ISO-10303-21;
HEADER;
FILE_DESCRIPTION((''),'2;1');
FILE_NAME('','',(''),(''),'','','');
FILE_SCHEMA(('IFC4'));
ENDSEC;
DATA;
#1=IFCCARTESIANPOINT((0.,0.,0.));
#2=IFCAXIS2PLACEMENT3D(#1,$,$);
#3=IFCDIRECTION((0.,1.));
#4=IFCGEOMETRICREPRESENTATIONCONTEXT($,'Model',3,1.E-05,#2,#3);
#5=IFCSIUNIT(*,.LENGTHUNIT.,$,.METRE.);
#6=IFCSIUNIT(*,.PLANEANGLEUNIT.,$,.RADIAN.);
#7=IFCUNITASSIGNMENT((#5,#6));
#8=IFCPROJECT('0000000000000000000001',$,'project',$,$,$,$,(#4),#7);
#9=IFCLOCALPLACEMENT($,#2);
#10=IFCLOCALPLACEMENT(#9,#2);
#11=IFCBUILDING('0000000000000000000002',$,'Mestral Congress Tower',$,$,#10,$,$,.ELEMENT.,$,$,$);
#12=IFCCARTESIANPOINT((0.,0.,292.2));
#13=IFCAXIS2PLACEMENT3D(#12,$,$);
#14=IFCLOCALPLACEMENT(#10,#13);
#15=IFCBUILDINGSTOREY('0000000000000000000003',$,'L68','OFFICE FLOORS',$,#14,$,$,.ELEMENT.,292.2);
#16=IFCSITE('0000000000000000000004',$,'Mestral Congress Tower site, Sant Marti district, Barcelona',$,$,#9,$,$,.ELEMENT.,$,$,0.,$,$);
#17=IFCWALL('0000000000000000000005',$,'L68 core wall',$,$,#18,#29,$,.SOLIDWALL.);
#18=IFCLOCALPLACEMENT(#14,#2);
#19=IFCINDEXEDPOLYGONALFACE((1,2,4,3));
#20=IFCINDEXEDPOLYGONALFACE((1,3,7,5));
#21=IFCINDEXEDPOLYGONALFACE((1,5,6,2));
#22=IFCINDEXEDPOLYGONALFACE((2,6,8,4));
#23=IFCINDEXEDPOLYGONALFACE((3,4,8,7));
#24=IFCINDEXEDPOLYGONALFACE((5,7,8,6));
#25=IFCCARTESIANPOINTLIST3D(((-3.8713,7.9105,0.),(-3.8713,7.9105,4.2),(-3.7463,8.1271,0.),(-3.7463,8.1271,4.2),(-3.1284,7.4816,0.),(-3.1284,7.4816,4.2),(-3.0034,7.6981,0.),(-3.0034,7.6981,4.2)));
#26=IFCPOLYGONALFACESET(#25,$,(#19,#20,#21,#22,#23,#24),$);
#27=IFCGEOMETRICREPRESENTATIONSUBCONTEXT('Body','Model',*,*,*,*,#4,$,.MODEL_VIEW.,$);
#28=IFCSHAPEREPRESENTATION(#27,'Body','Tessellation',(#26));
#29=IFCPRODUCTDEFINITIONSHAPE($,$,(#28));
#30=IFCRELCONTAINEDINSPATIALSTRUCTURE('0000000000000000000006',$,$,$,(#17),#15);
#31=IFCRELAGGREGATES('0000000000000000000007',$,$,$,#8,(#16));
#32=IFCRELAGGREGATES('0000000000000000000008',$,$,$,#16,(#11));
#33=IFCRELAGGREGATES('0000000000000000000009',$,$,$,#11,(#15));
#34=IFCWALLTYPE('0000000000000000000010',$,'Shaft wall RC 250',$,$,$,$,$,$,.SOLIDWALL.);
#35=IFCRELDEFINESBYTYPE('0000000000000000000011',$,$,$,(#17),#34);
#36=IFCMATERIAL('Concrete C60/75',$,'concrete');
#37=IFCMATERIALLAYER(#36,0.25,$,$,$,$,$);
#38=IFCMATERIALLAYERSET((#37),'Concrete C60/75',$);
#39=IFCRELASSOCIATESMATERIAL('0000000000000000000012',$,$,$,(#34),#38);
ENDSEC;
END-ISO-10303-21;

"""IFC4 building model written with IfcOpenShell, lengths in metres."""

from ifc_helpers import new_model, si_unit, direction, frame, frame_2d, origin, place, context, subcontext, project, spatial, rectangle, extrude, material, layer, layer_set, type_object, element, save


model = new_model("IFC4")

# Units and contexts
model_context = context("Model", 3, precision=1e-05, world=origin(), true_north=direction((0.0, 1.0)))
body_context = subcontext(model_context, "Body", "Model", "MODEL_VIEW")
ifc_project = project(units=[si_unit("LENGTHUNIT", "METRE"), si_unit("PLANEANGLEUNIT", "RADIAN")], contexts=[model_context])

# Site, building, storey
site_placement = place(None, origin())
site = spatial("IfcSite", under=ifc_project, at=site_placement, Name="Mestral Congress Tower site, Sant Marti district, Barcelona", CompositionType="ELEMENT", RefElevation=0.0)
building_placement = place(site_placement, origin())
building = spatial("IfcBuilding", under=site, at=building_placement, Name="Mestral Congress Tower", CompositionType="ELEMENT")
storey_placement = place(building_placement, frame((0.0, 0.0, 292.2)))
storey = spatial("IfcBuildingStorey", under=building, at=storey_placement, Name="L68", Description="OFFICE FLOORS", CompositionType="ELEMENT", Elevation=292.2)

# Shared definitions
ifc_material_1 = material(Name="Concrete C60/75", Category="concrete")

# Wall
ifc_layer_1 = layer(ifc_material_1, 0.25)
ifc_layer_set_1 = layer_set([ifc_layer_1], Name="Concrete C60/75")
wall_type_1 = type_object("IfcWallType", Name="Shaft wall RC 250", PredefinedType="SOLIDWALL", material=ifc_layer_set_1)
wall_1_placement = place(storey_placement, frame((-3.8088, 8.0188, 0.0), z_axis=(0.0, 0.0, 1.0), x_axis=(0.86601, -0.500026, 0.0)))
element("IfcWall", 1, at=wall_1_placement, inside=storey, type_object=wall_type_1, Name="L68 core wall", PredefinedType="SOLIDWALL", context=body_context, shape_type="SweptSolid", body=[
    extrude(rectangle(XDim=0.8579, YDim=0.25, at=frame_2d((0.429, 0.0))), origin(), (0.0, 0.0, 1.0), 4.2),
])

save(model, "model.ifc")
